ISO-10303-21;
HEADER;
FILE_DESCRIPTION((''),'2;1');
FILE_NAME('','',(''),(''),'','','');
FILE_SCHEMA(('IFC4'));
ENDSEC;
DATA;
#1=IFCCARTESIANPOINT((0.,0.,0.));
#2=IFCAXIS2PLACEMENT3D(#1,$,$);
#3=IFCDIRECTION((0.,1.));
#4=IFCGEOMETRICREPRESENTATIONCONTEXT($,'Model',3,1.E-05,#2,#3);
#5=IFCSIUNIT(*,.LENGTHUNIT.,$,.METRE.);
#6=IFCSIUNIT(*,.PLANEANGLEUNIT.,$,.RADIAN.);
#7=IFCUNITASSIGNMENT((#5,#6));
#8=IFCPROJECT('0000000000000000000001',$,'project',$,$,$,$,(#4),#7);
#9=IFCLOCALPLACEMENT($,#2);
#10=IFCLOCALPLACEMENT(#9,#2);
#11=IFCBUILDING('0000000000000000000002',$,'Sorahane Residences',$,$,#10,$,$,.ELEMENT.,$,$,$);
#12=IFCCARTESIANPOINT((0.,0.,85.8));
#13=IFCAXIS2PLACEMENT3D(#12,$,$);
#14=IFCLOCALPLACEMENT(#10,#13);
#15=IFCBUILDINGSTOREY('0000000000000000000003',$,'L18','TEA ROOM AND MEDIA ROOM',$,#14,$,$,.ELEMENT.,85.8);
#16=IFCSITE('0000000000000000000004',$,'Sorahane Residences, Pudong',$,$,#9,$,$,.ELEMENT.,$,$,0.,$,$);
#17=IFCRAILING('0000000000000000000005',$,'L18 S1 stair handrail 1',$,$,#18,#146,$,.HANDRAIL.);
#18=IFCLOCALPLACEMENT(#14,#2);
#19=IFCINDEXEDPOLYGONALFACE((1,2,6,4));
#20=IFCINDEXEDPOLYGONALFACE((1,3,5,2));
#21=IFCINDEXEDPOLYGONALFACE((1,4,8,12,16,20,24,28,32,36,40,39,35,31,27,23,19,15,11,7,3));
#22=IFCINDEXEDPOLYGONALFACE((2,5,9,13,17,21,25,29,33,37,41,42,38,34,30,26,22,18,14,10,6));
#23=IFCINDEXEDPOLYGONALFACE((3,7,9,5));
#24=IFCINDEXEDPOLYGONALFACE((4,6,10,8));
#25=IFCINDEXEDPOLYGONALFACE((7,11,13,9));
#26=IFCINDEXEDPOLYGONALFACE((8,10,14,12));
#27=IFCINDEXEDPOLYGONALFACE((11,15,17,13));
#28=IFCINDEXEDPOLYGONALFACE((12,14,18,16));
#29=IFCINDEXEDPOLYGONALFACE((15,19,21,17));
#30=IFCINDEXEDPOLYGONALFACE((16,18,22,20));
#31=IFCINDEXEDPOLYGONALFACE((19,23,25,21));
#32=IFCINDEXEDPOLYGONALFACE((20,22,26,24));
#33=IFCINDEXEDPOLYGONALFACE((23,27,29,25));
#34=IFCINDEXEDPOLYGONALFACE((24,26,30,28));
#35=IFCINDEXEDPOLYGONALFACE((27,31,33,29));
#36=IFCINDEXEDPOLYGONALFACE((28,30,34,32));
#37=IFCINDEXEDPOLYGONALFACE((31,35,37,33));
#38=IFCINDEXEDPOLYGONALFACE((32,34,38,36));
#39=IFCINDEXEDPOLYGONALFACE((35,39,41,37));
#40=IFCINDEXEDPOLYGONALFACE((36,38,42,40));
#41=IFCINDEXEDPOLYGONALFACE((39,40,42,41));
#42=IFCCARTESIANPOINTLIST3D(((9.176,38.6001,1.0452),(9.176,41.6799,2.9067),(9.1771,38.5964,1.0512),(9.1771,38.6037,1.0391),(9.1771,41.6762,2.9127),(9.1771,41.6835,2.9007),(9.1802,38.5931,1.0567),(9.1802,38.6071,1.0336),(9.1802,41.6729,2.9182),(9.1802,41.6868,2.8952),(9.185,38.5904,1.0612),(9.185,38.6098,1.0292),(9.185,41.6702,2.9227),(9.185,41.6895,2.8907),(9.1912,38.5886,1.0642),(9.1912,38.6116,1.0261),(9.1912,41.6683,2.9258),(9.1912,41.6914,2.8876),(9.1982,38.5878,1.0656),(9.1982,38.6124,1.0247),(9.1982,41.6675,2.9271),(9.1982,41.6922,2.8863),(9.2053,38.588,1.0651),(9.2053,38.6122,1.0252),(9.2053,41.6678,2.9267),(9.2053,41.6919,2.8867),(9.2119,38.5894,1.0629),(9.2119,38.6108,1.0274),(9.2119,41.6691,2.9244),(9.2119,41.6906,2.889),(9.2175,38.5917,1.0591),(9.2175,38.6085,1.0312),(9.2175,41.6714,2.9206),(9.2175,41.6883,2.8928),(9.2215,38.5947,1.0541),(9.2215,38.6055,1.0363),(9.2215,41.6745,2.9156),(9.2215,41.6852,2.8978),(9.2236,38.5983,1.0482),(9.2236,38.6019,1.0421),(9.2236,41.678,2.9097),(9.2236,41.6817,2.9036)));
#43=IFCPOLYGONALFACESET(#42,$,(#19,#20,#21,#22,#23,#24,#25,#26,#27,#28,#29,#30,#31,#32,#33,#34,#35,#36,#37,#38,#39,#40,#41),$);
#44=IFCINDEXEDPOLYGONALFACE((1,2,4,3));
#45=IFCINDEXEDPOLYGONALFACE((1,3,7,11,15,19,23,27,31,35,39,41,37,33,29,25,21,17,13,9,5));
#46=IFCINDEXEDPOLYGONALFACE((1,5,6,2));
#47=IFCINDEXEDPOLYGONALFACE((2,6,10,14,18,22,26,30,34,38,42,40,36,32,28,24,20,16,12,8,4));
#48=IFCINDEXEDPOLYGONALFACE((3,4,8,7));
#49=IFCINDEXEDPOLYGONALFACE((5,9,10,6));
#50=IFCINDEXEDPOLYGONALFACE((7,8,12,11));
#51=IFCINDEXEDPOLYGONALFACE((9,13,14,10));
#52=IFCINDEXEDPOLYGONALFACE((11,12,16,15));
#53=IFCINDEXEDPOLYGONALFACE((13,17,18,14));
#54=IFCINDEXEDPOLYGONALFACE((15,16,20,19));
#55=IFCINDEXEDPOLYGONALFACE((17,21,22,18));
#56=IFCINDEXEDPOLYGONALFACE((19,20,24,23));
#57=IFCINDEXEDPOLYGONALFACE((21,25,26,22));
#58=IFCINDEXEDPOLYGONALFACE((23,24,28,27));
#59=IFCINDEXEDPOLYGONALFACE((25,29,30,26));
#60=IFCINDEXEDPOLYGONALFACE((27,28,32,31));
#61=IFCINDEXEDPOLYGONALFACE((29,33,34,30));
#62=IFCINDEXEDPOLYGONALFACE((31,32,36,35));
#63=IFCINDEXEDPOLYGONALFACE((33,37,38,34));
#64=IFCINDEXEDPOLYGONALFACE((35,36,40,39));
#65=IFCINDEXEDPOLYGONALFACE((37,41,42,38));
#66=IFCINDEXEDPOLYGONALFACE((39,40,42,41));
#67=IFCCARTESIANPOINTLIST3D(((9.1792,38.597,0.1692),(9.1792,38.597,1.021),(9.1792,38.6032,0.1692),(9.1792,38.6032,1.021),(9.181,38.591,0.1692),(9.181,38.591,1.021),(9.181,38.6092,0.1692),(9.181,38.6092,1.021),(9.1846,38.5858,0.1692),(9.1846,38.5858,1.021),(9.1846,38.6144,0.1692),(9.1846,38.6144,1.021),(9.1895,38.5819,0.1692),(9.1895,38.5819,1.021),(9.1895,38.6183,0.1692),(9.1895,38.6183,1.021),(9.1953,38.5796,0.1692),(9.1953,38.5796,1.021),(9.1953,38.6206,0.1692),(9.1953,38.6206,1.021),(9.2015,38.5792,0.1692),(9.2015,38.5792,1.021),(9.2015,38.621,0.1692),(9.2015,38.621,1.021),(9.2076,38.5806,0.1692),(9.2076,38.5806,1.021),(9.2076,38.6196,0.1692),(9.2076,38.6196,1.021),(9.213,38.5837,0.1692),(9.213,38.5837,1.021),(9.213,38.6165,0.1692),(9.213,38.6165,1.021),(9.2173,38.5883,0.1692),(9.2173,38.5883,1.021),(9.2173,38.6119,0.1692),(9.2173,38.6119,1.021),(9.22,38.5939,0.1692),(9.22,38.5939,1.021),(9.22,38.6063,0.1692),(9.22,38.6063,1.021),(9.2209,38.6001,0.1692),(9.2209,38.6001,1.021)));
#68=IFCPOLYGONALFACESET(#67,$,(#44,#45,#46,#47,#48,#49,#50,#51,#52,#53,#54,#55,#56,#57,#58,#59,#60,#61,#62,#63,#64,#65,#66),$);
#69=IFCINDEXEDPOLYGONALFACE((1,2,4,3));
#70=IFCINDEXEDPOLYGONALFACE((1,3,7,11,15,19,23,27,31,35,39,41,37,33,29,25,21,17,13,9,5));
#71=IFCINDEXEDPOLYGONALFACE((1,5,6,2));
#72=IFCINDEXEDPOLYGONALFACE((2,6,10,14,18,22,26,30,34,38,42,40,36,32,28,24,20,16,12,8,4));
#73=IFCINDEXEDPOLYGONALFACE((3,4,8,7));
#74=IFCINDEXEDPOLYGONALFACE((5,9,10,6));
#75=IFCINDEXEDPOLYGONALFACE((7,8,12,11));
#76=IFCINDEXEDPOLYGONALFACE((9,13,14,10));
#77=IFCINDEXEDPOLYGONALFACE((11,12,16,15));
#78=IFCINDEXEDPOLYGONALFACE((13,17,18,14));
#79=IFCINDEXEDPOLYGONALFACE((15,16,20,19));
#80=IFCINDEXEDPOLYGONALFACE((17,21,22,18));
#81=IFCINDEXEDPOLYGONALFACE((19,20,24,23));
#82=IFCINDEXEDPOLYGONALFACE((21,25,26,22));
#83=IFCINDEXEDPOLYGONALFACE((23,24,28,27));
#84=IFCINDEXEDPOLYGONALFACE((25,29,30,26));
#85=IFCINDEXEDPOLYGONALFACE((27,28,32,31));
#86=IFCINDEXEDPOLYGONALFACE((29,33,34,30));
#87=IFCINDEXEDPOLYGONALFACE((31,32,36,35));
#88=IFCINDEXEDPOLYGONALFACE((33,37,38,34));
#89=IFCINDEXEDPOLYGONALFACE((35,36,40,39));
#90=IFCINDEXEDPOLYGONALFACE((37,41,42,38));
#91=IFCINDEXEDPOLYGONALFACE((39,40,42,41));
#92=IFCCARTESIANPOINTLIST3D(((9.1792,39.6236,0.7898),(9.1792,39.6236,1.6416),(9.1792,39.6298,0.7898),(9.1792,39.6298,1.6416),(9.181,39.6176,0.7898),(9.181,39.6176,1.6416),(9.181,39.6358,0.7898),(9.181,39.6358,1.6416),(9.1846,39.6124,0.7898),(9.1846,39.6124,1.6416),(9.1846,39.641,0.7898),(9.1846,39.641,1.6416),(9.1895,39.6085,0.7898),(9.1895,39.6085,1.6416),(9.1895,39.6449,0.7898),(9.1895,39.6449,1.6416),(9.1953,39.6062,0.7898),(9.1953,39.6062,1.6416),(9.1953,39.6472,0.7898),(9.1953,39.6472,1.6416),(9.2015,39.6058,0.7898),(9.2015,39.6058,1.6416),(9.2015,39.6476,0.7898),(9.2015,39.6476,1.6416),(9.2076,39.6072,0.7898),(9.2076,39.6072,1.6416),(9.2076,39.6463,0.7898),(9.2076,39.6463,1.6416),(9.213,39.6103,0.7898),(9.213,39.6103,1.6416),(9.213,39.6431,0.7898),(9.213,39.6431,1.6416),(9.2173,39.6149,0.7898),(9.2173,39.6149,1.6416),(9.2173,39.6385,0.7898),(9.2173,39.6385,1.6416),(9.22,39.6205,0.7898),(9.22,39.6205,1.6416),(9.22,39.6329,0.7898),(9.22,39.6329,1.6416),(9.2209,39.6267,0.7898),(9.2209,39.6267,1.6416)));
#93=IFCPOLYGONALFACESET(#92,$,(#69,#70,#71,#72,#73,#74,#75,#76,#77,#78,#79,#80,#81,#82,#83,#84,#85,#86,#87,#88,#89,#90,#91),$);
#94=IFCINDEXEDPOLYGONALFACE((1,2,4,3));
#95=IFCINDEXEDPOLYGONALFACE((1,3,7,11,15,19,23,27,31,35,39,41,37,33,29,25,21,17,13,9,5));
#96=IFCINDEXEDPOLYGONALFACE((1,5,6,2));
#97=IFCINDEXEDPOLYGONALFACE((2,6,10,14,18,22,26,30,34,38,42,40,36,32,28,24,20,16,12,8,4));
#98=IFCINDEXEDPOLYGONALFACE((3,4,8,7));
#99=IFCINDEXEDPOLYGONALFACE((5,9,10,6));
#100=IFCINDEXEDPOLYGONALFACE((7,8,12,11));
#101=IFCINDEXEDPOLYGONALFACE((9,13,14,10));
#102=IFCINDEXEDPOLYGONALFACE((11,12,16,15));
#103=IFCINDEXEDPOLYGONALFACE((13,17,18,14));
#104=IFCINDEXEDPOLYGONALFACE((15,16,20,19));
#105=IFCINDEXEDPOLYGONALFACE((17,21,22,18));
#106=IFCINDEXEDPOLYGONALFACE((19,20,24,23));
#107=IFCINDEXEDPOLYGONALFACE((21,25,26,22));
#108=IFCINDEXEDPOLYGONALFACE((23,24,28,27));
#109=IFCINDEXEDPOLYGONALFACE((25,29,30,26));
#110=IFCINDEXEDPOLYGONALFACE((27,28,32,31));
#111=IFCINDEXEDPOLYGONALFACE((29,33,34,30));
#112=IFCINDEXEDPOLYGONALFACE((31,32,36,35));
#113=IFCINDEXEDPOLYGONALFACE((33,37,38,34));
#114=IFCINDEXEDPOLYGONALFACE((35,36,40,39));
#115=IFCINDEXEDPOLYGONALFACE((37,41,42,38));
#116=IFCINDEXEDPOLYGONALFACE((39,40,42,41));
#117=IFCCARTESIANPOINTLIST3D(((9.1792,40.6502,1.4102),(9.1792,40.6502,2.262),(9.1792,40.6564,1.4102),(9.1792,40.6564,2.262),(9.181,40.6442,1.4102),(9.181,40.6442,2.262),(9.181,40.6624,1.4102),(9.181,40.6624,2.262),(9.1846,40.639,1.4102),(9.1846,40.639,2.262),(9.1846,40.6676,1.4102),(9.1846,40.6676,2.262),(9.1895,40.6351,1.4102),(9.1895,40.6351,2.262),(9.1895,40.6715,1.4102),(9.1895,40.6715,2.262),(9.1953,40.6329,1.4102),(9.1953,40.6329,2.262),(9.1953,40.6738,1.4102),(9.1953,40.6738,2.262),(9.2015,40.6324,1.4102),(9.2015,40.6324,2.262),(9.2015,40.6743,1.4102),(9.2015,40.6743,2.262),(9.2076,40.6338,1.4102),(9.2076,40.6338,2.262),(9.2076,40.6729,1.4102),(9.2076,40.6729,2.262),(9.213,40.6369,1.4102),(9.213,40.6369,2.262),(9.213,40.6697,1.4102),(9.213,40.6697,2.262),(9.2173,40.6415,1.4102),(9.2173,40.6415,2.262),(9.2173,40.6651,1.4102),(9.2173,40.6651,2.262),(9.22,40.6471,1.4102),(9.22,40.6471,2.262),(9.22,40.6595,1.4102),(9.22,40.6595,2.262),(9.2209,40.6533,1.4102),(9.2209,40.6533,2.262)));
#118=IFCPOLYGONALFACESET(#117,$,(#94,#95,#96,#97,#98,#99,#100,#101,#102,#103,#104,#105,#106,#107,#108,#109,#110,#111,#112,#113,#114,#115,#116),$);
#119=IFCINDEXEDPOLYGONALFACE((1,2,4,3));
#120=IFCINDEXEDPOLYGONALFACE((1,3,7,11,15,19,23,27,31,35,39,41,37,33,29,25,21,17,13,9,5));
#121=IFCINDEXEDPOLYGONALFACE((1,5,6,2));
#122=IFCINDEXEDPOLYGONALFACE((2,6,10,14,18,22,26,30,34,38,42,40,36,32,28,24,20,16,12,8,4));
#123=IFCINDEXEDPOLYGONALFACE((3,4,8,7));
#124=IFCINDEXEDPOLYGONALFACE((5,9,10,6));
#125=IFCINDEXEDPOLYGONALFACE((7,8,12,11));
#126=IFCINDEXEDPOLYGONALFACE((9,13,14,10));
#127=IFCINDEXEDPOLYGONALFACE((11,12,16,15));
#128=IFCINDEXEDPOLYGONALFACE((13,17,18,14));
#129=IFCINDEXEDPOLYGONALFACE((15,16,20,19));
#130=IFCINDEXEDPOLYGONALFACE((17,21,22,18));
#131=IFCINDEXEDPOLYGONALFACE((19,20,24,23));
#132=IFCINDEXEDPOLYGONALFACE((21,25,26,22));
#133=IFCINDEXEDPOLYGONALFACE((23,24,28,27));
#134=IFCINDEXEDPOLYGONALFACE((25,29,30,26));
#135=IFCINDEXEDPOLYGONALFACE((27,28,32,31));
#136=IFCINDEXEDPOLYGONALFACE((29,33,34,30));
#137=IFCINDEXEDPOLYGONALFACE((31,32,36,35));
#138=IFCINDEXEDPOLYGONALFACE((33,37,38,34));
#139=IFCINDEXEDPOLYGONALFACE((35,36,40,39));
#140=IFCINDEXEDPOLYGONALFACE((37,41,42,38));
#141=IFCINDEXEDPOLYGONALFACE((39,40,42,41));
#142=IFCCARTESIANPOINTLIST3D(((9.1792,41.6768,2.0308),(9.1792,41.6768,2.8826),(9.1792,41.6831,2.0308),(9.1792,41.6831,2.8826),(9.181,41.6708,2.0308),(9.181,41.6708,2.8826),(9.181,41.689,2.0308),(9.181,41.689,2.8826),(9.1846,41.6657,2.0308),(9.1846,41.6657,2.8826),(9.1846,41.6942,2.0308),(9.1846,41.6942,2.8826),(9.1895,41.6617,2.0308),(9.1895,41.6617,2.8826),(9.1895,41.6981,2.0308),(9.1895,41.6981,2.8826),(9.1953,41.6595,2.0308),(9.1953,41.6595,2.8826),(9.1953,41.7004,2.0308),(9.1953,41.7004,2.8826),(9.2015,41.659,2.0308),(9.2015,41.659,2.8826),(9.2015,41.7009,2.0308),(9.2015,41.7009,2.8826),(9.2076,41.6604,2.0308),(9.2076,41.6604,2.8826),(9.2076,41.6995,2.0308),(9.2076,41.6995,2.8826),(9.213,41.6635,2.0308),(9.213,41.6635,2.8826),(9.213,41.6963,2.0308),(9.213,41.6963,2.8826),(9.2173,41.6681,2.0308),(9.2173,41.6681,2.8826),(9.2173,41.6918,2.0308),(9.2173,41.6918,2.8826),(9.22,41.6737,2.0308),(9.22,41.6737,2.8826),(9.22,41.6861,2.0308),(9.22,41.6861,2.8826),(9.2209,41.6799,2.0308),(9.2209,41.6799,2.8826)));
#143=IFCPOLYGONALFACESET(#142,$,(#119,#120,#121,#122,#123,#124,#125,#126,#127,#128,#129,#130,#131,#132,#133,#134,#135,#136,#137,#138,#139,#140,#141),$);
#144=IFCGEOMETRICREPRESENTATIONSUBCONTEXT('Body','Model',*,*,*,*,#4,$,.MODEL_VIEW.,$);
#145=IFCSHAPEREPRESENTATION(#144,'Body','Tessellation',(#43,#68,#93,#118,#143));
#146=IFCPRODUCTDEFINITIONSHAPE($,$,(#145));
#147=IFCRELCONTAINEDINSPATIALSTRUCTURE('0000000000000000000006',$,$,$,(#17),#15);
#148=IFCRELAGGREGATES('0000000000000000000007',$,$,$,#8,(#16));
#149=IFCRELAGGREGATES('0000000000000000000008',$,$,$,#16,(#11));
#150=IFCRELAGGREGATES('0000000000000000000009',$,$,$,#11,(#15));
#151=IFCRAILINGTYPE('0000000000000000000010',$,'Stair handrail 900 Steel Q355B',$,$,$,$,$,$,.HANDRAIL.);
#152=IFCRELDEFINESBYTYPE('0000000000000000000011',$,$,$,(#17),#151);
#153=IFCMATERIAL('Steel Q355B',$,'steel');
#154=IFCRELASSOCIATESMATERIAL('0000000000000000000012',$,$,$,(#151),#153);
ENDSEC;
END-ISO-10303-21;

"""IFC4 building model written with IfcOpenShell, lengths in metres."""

from ifc_helpers import new_model, si_unit, direction, frame, origin, origin_2d, place, context, subcontext, project, spatial, circle, extrude, material, type_object, element, save


model = new_model("IFC4")

# Units and contexts
model_context = context("Model", 3, precision=1e-05, world=origin(), true_north=direction((0.0, 1.0)))
body_context = subcontext(model_context, "Body", "Model", "MODEL_VIEW")
ifc_project = project(units=[si_unit("LENGTHUNIT", "METRE"), si_unit("PLANEANGLEUNIT", "RADIAN")], contexts=[model_context])

# Site, building, storey
site_placement = place(None, origin())
site = spatial("IfcSite", under=ifc_project, at=site_placement, Name="Sorahane Residences, Pudong", CompositionType="ELEMENT", RefElevation=0.0)
building_placement = place(site_placement, origin())
building = spatial("IfcBuilding", under=site, at=building_placement, Name="Sorahane Residences", CompositionType="ELEMENT")
storey_placement = place(building_placement, frame((0.0, 0.0, 85.8)))
storey = spatial("IfcBuildingStorey", under=building, at=storey_placement, Name="L18", Description="TEA ROOM AND MEDIA ROOM", CompositionType="ELEMENT", Elevation=85.8)

# Railing
ifc_material_1 = material(Name="Steel Q355B", Category="steel")
railing_type_1 = type_object("IfcRailingType", Name="Stair handrail 900 Steel Q355B", PredefinedType="HANDRAIL", material=ifc_material_1)
railing_1_placement = place(storey_placement, frame((9.2, 38.6001, 0.1692)))
element("IfcRailing", 1, at=railing_1_placement, inside=storey, type_object=railing_type_1, Name="L18 S1 stair handrail 1", PredefinedType="HANDRAIL", context=body_context, shape_type="SweptSolid", body=[
    extrude(circle(Radius=0.0239, at=origin_2d()), frame((0.0, 0.0, 0.876), z_axis=(0.0, 0.855812, 0.517286), x_axis=(-1.0, 0.0, 0.0)), (0.0, 0.0, 1.0), 3.5986),
    extrude(circle(Radius=0.021, at=origin_2d()), origin(), (0.0, 0.0, 1.0), 0.8518),
    extrude(circle(Radius=0.021, at=origin_2d()), frame((0.0, 1.0266, 0.6206)), (0.0, 0.0, 1.0), 0.8518),
    extrude(circle(Radius=0.021, at=origin_2d()), frame((0.0, 2.0532, 1.241)), (0.0, 0.0, 1.0), 0.8518),
    extrude(circle(Radius=0.021, at=origin_2d()), frame((0.0, 3.0798, 1.8616)), (0.0, 0.0, 1.0), 0.8518),
])

save(model, "model.ifc")
